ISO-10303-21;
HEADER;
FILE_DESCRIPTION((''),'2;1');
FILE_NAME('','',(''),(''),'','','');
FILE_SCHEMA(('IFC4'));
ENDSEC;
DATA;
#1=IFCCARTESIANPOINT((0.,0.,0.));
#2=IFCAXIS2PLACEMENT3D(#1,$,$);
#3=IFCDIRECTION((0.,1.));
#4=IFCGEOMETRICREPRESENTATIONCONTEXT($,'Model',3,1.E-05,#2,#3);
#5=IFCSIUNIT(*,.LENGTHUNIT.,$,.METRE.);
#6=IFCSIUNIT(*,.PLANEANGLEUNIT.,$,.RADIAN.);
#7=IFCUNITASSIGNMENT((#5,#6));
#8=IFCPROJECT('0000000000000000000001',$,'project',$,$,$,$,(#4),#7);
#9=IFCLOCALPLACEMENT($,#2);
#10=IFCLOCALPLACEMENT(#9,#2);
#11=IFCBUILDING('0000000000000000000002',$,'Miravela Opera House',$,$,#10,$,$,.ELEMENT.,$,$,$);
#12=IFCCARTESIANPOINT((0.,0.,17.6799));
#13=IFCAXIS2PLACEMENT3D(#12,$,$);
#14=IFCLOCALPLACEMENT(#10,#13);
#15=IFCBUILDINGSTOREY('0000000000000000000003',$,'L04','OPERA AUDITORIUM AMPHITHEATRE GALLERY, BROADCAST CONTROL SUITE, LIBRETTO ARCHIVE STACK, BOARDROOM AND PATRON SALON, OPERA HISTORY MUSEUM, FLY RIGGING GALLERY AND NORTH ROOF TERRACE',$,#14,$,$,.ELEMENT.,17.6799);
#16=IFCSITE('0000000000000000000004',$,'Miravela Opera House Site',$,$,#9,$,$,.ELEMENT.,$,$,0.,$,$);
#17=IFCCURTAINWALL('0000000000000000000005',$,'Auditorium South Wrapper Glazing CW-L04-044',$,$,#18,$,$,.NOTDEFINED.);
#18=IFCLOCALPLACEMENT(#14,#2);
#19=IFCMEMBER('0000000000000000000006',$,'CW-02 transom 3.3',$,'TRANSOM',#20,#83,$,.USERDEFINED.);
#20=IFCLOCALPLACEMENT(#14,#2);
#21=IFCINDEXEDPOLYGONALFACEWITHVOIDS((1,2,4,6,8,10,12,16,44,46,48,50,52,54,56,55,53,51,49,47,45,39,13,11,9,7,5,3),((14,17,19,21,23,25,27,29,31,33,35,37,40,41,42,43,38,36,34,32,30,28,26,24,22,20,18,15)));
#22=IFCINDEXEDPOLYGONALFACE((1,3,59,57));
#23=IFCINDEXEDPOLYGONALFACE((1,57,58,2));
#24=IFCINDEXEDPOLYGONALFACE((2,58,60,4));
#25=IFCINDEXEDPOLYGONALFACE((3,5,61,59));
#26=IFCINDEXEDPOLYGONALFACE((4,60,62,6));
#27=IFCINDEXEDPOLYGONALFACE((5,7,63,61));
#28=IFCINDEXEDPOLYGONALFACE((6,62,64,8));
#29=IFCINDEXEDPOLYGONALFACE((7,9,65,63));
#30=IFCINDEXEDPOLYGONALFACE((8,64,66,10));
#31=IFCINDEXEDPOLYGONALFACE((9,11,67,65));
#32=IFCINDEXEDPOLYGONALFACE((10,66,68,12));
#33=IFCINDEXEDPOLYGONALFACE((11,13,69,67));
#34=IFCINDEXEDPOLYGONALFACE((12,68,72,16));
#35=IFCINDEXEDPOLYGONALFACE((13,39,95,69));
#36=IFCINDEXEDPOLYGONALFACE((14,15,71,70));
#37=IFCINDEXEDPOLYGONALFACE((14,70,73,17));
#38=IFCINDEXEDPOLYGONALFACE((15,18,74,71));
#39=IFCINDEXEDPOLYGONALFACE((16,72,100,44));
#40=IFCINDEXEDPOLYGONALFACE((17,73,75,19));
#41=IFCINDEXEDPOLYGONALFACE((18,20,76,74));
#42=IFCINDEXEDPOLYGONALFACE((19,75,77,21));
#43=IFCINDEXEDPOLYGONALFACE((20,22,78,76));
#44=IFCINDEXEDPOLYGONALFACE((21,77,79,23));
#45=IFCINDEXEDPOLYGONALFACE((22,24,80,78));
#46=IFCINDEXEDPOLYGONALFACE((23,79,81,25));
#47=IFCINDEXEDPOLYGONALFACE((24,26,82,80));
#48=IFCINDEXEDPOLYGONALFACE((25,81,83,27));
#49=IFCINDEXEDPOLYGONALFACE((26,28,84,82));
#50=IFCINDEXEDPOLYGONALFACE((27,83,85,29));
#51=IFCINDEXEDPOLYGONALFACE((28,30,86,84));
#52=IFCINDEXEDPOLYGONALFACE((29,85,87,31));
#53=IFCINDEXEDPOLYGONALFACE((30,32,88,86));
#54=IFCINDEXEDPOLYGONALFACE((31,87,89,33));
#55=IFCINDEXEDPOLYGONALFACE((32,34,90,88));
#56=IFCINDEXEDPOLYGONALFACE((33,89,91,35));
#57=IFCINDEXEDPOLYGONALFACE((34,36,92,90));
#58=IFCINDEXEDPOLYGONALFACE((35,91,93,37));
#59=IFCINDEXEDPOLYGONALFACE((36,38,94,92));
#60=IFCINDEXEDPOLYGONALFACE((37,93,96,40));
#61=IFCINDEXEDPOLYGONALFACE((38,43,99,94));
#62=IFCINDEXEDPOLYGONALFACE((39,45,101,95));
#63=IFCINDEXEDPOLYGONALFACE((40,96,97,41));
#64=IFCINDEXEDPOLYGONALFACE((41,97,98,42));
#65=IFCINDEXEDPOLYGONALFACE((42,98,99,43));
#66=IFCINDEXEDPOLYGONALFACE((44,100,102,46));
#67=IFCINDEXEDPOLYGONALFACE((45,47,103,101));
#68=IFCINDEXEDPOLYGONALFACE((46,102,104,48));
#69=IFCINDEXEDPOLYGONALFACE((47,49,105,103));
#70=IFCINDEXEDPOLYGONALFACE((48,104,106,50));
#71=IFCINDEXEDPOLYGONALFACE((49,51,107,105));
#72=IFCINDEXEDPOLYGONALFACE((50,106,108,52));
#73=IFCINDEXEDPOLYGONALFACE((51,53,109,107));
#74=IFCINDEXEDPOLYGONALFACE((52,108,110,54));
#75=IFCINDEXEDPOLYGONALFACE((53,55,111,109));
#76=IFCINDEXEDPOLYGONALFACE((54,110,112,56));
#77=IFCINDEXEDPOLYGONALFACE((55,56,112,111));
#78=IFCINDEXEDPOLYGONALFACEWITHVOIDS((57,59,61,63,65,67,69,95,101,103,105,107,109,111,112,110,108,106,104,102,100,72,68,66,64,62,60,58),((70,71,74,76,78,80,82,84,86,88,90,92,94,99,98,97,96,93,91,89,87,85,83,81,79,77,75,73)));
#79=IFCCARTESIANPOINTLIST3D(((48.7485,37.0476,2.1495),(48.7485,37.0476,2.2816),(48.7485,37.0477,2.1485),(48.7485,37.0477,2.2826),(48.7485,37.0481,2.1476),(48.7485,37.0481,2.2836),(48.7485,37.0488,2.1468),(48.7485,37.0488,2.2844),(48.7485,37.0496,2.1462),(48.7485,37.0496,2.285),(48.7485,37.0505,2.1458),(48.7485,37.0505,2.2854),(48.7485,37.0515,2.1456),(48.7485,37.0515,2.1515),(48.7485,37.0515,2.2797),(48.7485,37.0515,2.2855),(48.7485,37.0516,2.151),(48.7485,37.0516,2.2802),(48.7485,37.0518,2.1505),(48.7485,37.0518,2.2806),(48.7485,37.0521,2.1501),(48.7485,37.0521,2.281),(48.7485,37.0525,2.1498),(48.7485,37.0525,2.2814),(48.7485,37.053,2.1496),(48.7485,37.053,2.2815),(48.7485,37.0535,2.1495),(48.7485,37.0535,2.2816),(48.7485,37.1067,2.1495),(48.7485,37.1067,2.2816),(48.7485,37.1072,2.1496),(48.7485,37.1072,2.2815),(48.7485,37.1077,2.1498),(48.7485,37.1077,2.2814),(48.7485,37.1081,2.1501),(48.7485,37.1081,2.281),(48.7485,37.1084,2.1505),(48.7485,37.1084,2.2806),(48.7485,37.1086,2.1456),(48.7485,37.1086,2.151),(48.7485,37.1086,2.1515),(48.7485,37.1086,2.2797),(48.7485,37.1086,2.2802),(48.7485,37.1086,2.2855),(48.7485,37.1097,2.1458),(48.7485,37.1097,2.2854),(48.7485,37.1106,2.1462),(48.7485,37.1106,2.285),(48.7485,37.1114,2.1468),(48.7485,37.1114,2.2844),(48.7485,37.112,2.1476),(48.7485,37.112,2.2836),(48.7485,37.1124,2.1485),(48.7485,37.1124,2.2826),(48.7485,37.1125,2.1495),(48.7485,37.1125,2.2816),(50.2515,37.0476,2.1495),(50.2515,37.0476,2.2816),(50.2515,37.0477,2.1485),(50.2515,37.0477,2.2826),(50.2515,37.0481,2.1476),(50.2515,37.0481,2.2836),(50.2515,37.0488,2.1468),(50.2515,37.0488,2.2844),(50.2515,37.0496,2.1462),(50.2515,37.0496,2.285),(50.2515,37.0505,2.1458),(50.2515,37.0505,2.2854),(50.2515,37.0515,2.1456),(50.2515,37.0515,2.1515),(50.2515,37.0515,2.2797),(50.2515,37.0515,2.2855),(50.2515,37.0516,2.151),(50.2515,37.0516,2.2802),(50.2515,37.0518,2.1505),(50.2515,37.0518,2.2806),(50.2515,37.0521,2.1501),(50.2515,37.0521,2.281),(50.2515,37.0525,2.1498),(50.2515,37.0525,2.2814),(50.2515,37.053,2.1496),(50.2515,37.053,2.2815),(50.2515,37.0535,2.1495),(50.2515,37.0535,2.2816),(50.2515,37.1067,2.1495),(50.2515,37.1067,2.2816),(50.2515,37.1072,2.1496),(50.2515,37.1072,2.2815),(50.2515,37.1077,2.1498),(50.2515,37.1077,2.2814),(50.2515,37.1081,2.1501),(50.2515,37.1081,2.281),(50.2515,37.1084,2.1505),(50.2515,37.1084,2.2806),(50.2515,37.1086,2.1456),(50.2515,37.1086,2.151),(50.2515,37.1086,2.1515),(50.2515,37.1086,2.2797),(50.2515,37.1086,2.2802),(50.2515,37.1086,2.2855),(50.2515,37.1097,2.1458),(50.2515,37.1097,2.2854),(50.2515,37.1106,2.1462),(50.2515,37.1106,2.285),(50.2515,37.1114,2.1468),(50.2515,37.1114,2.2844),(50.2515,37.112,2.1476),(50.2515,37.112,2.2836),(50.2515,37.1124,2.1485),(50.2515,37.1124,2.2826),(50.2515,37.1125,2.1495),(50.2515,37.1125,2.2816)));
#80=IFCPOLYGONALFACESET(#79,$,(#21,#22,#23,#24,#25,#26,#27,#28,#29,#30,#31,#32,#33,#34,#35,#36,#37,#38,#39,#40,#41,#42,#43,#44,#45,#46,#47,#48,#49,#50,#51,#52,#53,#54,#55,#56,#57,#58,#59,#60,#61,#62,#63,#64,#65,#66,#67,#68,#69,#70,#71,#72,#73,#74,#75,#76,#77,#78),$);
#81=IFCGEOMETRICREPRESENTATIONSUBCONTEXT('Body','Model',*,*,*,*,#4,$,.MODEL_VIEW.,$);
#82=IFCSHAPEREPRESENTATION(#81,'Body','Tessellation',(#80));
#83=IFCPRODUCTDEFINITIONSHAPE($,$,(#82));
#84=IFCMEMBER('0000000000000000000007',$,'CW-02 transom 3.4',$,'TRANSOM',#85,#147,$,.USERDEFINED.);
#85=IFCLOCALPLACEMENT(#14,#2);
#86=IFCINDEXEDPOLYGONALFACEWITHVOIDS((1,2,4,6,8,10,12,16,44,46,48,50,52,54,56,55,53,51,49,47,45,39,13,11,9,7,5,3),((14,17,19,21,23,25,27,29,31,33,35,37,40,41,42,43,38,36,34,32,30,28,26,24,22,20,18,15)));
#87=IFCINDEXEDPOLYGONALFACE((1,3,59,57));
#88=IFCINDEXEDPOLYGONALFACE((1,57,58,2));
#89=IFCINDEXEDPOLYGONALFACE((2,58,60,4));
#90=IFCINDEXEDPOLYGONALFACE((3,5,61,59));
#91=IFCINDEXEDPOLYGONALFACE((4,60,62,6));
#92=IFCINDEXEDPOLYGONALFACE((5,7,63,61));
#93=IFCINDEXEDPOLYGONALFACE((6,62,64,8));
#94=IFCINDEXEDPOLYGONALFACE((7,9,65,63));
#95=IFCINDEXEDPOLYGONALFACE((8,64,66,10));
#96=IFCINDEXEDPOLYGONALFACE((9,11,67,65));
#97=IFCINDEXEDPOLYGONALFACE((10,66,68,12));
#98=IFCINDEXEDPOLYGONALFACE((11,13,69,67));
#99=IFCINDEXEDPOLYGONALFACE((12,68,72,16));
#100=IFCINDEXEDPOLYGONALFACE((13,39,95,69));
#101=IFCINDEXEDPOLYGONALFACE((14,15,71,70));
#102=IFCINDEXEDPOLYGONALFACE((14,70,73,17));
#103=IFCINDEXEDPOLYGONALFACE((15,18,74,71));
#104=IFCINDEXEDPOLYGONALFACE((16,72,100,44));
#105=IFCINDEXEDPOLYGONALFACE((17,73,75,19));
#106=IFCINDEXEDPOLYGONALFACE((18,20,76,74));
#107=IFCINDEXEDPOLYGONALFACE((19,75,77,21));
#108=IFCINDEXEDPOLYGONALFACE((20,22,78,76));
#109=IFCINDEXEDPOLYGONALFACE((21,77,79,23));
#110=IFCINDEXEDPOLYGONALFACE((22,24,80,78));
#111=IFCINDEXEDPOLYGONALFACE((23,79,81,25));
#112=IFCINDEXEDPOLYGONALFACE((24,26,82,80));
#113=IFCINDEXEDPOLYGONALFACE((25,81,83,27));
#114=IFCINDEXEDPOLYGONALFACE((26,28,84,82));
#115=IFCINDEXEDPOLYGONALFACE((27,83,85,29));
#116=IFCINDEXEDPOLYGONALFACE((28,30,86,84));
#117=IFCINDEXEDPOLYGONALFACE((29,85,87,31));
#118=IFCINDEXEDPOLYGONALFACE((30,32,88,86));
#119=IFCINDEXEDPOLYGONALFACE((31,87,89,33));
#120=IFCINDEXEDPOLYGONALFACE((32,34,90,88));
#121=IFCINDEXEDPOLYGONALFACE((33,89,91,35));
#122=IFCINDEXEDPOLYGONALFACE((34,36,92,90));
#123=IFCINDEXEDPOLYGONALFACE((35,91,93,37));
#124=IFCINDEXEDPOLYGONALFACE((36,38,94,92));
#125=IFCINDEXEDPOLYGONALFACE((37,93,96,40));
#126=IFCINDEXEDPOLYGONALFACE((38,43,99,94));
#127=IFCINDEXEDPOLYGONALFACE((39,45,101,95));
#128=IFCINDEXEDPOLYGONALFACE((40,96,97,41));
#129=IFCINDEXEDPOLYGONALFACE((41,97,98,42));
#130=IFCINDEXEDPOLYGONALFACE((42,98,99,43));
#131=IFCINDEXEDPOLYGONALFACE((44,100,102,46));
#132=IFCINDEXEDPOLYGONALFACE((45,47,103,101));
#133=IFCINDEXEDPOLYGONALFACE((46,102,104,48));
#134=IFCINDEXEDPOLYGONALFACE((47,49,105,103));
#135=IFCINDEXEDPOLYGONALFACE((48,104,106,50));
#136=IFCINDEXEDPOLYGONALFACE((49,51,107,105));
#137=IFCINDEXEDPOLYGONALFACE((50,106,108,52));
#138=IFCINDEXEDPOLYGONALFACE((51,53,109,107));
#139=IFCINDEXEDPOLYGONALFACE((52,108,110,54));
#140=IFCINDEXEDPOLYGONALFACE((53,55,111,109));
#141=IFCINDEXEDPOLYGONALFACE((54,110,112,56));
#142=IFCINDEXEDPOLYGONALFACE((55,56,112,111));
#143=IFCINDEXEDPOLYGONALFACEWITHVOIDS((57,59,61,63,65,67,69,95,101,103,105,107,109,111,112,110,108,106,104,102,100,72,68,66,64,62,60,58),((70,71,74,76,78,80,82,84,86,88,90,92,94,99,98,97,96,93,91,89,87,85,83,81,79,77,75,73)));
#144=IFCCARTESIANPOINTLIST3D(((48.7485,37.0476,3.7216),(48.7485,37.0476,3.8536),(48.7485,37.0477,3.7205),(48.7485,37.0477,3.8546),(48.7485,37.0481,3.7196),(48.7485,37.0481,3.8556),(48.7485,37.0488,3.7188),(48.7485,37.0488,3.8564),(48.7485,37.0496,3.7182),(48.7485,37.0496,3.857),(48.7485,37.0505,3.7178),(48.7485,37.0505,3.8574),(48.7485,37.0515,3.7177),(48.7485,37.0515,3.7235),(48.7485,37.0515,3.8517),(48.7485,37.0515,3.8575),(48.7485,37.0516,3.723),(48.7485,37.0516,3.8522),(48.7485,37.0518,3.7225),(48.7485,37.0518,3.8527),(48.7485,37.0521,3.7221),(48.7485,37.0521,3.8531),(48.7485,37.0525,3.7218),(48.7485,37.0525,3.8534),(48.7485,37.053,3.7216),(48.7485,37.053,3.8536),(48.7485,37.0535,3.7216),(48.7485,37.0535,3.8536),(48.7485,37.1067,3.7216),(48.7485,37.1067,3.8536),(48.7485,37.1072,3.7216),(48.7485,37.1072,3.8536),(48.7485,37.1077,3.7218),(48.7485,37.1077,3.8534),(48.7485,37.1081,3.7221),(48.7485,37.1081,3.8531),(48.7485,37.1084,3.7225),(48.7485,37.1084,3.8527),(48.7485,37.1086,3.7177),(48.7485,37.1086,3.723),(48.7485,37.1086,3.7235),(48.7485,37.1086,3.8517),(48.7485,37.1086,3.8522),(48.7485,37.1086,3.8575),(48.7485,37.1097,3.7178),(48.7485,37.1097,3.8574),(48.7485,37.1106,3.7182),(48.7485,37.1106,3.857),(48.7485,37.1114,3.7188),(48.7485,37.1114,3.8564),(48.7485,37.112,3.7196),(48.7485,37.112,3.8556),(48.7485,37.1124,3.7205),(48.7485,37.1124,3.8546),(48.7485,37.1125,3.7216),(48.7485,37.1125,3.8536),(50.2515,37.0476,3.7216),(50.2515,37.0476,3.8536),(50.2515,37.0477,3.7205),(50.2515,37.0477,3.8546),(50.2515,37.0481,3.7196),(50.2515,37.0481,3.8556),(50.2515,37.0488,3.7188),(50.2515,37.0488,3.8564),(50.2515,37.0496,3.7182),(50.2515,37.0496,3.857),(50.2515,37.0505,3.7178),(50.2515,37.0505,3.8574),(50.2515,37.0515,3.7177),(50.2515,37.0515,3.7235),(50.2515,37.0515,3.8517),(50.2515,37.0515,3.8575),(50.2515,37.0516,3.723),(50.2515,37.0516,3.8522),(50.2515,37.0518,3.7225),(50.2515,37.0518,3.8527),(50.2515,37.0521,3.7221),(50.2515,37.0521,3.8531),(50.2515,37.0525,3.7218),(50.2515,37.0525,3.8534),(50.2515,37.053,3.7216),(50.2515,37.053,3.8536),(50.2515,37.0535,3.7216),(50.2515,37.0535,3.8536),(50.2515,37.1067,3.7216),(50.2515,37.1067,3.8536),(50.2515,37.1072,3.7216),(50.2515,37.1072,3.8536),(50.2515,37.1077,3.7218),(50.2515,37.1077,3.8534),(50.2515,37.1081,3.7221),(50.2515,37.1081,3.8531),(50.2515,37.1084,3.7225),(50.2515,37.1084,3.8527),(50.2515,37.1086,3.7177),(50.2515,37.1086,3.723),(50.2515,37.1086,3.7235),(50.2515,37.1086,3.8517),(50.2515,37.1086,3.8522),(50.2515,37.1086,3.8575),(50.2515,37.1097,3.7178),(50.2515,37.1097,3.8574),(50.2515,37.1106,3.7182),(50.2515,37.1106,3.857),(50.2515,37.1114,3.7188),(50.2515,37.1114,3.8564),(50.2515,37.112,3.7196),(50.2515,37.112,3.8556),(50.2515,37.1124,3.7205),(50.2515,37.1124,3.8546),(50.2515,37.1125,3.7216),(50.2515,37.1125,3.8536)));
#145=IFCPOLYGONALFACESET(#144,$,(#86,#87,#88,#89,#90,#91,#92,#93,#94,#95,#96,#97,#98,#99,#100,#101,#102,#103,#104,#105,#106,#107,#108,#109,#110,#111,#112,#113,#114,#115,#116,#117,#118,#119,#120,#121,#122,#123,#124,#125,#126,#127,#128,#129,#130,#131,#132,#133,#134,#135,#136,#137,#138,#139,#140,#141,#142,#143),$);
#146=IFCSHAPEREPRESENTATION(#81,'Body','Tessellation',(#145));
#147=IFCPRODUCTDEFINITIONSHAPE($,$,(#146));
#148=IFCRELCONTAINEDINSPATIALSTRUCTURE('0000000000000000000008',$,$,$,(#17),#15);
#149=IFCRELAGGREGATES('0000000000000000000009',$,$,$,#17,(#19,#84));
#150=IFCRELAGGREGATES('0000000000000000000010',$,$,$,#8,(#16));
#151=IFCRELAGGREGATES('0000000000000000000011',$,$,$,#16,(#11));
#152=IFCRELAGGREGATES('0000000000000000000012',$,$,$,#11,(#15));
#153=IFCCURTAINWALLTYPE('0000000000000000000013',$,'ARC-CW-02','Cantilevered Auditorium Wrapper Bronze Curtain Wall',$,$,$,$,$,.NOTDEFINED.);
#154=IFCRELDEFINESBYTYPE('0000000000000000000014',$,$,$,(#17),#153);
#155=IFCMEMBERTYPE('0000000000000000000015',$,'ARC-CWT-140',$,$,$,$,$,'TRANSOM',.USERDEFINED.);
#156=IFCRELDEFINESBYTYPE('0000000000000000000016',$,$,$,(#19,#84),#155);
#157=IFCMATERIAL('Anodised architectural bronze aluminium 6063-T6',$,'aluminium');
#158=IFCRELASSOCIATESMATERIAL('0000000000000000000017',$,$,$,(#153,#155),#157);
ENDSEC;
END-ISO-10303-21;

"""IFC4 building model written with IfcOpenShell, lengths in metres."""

from ifc_helpers import new_model, si_unit, direction, frame, origin, origin_2d, place, context, subcontext, project, spatial, hollow_rectangle, extrude, material, material_profile, profile_set, type_object, element, aggregate, save


model = new_model("IFC4")

# Units and contexts
model_context = context("Model", 3, precision=1e-05, world=origin(), true_north=direction((0.0, 1.0)))
body_context = subcontext(model_context, "Body", "Model", "MODEL_VIEW")
ifc_project = project(units=[si_unit("LENGTHUNIT", "METRE"), si_unit("PLANEANGLEUNIT", "RADIAN")], contexts=[model_context])

# Site, building, storey
site_placement = place(None, origin())
site = spatial("IfcSite", under=ifc_project, at=site_placement, Name="Miravela Opera House Site", CompositionType="ELEMENT", RefElevation=0.0)
building_placement = place(site_placement, origin())
building = spatial("IfcBuilding", under=site, at=building_placement, Name="Miravela Opera House", CompositionType="ELEMENT")
storey_placement = place(building_placement, frame((0.0, 0.0, 17.6799)))
storey = spatial("IfcBuildingStorey", under=building, at=storey_placement, Name="L04", Description="OPERA AUDITORIUM AMPHITHEATRE GALLERY, BROADCAST CONTROL SUITE, LIBRETTO ARCHIVE STACK, BOARDROOM AND PATRON SALON, OPERA HISTORY MUSEUM, FLY RIGGING GALLERY AND NORTH ROOF TERRACE", CompositionType="ELEMENT", Elevation=17.6799)

# Curtain wall, members
ifc_material_1 = material(Name="Anodised architectural bronze aluminium 6063-T6", Category="aluminium")
curtain_wall_type = type_object("IfcCurtainWallType", Name="ARC-CW-02", Description="Cantilevered Auditorium Wrapper Bronze Curtain Wall", PredefinedType="NOTDEFINED", material=ifc_material_1)
curtain_wall_placement = place(storey_placement, origin())
curtain_wall = element("IfcCurtainWall", 1, at=curtain_wall_placement, inside=storey, type_object=curtain_wall_type, Name="Auditorium South Wrapper Glazing CW-L04-044", PredefinedType="NOTDEFINED")
ifc_material_profile_1 = material_profile(ifc_material_1, hollow_rectangle(XDim=0.0649, YDim=0.1399, WallThickness=0.0039, InnerFilletRadius=0.002, OuterFilletRadius=0.0039, at=origin_2d()), Name="CWT-65X140")
ifc_profile_set_1 = profile_set([ifc_material_profile_1])
member_type_1 = type_object("IfcMemberType", Name="ARC-CWT-140", ElementType="TRANSOM", PredefinedType="USERDEFINED", material=ifc_profile_set_1)
member_1_placement = place(storey_placement, frame((48.7485, 37.0801, 2.2156), z_axis=(1.0, 0.0, 0.0), x_axis=(0.0, 1.0, 0.0)))
member_1 = element("IfcMember", 2, at=member_1_placement, type_object=member_type_1, Name="CW-02 transom 3.3", ObjectType="TRANSOM", PredefinedType="USERDEFINED", context=body_context, shape_type="SweptSolid", body=[
    extrude(hollow_rectangle(XDim=0.0649, YDim=0.1399, WallThickness=0.0039, InnerFilletRadius=0.002, OuterFilletRadius=0.0039, at=origin_2d()), origin(), (0.0, 0.0, 1.0), 1.5029),
])
member_2_placement = place(storey_placement, frame((48.7485, 37.0801, 3.7876), z_axis=(1.0, 0.0, 0.0), x_axis=(0.0, 1.0, 0.0)))
member_2 = element("IfcMember", 3, at=member_2_placement, type_object=member_type_1, Name="CW-02 transom 3.4", ObjectType="TRANSOM", PredefinedType="USERDEFINED", context=body_context, shape_type="SweptSolid", body=[
    extrude(hollow_rectangle(XDim=0.0649, YDim=0.1399, WallThickness=0.0039, InnerFilletRadius=0.002, OuterFilletRadius=0.0039, at=origin_2d()), origin(), (0.0, 0.0, 1.0), 1.5029),
])

aggregate(curtain_wall, [member_1, member_2])

save(model, "model.ifc")
